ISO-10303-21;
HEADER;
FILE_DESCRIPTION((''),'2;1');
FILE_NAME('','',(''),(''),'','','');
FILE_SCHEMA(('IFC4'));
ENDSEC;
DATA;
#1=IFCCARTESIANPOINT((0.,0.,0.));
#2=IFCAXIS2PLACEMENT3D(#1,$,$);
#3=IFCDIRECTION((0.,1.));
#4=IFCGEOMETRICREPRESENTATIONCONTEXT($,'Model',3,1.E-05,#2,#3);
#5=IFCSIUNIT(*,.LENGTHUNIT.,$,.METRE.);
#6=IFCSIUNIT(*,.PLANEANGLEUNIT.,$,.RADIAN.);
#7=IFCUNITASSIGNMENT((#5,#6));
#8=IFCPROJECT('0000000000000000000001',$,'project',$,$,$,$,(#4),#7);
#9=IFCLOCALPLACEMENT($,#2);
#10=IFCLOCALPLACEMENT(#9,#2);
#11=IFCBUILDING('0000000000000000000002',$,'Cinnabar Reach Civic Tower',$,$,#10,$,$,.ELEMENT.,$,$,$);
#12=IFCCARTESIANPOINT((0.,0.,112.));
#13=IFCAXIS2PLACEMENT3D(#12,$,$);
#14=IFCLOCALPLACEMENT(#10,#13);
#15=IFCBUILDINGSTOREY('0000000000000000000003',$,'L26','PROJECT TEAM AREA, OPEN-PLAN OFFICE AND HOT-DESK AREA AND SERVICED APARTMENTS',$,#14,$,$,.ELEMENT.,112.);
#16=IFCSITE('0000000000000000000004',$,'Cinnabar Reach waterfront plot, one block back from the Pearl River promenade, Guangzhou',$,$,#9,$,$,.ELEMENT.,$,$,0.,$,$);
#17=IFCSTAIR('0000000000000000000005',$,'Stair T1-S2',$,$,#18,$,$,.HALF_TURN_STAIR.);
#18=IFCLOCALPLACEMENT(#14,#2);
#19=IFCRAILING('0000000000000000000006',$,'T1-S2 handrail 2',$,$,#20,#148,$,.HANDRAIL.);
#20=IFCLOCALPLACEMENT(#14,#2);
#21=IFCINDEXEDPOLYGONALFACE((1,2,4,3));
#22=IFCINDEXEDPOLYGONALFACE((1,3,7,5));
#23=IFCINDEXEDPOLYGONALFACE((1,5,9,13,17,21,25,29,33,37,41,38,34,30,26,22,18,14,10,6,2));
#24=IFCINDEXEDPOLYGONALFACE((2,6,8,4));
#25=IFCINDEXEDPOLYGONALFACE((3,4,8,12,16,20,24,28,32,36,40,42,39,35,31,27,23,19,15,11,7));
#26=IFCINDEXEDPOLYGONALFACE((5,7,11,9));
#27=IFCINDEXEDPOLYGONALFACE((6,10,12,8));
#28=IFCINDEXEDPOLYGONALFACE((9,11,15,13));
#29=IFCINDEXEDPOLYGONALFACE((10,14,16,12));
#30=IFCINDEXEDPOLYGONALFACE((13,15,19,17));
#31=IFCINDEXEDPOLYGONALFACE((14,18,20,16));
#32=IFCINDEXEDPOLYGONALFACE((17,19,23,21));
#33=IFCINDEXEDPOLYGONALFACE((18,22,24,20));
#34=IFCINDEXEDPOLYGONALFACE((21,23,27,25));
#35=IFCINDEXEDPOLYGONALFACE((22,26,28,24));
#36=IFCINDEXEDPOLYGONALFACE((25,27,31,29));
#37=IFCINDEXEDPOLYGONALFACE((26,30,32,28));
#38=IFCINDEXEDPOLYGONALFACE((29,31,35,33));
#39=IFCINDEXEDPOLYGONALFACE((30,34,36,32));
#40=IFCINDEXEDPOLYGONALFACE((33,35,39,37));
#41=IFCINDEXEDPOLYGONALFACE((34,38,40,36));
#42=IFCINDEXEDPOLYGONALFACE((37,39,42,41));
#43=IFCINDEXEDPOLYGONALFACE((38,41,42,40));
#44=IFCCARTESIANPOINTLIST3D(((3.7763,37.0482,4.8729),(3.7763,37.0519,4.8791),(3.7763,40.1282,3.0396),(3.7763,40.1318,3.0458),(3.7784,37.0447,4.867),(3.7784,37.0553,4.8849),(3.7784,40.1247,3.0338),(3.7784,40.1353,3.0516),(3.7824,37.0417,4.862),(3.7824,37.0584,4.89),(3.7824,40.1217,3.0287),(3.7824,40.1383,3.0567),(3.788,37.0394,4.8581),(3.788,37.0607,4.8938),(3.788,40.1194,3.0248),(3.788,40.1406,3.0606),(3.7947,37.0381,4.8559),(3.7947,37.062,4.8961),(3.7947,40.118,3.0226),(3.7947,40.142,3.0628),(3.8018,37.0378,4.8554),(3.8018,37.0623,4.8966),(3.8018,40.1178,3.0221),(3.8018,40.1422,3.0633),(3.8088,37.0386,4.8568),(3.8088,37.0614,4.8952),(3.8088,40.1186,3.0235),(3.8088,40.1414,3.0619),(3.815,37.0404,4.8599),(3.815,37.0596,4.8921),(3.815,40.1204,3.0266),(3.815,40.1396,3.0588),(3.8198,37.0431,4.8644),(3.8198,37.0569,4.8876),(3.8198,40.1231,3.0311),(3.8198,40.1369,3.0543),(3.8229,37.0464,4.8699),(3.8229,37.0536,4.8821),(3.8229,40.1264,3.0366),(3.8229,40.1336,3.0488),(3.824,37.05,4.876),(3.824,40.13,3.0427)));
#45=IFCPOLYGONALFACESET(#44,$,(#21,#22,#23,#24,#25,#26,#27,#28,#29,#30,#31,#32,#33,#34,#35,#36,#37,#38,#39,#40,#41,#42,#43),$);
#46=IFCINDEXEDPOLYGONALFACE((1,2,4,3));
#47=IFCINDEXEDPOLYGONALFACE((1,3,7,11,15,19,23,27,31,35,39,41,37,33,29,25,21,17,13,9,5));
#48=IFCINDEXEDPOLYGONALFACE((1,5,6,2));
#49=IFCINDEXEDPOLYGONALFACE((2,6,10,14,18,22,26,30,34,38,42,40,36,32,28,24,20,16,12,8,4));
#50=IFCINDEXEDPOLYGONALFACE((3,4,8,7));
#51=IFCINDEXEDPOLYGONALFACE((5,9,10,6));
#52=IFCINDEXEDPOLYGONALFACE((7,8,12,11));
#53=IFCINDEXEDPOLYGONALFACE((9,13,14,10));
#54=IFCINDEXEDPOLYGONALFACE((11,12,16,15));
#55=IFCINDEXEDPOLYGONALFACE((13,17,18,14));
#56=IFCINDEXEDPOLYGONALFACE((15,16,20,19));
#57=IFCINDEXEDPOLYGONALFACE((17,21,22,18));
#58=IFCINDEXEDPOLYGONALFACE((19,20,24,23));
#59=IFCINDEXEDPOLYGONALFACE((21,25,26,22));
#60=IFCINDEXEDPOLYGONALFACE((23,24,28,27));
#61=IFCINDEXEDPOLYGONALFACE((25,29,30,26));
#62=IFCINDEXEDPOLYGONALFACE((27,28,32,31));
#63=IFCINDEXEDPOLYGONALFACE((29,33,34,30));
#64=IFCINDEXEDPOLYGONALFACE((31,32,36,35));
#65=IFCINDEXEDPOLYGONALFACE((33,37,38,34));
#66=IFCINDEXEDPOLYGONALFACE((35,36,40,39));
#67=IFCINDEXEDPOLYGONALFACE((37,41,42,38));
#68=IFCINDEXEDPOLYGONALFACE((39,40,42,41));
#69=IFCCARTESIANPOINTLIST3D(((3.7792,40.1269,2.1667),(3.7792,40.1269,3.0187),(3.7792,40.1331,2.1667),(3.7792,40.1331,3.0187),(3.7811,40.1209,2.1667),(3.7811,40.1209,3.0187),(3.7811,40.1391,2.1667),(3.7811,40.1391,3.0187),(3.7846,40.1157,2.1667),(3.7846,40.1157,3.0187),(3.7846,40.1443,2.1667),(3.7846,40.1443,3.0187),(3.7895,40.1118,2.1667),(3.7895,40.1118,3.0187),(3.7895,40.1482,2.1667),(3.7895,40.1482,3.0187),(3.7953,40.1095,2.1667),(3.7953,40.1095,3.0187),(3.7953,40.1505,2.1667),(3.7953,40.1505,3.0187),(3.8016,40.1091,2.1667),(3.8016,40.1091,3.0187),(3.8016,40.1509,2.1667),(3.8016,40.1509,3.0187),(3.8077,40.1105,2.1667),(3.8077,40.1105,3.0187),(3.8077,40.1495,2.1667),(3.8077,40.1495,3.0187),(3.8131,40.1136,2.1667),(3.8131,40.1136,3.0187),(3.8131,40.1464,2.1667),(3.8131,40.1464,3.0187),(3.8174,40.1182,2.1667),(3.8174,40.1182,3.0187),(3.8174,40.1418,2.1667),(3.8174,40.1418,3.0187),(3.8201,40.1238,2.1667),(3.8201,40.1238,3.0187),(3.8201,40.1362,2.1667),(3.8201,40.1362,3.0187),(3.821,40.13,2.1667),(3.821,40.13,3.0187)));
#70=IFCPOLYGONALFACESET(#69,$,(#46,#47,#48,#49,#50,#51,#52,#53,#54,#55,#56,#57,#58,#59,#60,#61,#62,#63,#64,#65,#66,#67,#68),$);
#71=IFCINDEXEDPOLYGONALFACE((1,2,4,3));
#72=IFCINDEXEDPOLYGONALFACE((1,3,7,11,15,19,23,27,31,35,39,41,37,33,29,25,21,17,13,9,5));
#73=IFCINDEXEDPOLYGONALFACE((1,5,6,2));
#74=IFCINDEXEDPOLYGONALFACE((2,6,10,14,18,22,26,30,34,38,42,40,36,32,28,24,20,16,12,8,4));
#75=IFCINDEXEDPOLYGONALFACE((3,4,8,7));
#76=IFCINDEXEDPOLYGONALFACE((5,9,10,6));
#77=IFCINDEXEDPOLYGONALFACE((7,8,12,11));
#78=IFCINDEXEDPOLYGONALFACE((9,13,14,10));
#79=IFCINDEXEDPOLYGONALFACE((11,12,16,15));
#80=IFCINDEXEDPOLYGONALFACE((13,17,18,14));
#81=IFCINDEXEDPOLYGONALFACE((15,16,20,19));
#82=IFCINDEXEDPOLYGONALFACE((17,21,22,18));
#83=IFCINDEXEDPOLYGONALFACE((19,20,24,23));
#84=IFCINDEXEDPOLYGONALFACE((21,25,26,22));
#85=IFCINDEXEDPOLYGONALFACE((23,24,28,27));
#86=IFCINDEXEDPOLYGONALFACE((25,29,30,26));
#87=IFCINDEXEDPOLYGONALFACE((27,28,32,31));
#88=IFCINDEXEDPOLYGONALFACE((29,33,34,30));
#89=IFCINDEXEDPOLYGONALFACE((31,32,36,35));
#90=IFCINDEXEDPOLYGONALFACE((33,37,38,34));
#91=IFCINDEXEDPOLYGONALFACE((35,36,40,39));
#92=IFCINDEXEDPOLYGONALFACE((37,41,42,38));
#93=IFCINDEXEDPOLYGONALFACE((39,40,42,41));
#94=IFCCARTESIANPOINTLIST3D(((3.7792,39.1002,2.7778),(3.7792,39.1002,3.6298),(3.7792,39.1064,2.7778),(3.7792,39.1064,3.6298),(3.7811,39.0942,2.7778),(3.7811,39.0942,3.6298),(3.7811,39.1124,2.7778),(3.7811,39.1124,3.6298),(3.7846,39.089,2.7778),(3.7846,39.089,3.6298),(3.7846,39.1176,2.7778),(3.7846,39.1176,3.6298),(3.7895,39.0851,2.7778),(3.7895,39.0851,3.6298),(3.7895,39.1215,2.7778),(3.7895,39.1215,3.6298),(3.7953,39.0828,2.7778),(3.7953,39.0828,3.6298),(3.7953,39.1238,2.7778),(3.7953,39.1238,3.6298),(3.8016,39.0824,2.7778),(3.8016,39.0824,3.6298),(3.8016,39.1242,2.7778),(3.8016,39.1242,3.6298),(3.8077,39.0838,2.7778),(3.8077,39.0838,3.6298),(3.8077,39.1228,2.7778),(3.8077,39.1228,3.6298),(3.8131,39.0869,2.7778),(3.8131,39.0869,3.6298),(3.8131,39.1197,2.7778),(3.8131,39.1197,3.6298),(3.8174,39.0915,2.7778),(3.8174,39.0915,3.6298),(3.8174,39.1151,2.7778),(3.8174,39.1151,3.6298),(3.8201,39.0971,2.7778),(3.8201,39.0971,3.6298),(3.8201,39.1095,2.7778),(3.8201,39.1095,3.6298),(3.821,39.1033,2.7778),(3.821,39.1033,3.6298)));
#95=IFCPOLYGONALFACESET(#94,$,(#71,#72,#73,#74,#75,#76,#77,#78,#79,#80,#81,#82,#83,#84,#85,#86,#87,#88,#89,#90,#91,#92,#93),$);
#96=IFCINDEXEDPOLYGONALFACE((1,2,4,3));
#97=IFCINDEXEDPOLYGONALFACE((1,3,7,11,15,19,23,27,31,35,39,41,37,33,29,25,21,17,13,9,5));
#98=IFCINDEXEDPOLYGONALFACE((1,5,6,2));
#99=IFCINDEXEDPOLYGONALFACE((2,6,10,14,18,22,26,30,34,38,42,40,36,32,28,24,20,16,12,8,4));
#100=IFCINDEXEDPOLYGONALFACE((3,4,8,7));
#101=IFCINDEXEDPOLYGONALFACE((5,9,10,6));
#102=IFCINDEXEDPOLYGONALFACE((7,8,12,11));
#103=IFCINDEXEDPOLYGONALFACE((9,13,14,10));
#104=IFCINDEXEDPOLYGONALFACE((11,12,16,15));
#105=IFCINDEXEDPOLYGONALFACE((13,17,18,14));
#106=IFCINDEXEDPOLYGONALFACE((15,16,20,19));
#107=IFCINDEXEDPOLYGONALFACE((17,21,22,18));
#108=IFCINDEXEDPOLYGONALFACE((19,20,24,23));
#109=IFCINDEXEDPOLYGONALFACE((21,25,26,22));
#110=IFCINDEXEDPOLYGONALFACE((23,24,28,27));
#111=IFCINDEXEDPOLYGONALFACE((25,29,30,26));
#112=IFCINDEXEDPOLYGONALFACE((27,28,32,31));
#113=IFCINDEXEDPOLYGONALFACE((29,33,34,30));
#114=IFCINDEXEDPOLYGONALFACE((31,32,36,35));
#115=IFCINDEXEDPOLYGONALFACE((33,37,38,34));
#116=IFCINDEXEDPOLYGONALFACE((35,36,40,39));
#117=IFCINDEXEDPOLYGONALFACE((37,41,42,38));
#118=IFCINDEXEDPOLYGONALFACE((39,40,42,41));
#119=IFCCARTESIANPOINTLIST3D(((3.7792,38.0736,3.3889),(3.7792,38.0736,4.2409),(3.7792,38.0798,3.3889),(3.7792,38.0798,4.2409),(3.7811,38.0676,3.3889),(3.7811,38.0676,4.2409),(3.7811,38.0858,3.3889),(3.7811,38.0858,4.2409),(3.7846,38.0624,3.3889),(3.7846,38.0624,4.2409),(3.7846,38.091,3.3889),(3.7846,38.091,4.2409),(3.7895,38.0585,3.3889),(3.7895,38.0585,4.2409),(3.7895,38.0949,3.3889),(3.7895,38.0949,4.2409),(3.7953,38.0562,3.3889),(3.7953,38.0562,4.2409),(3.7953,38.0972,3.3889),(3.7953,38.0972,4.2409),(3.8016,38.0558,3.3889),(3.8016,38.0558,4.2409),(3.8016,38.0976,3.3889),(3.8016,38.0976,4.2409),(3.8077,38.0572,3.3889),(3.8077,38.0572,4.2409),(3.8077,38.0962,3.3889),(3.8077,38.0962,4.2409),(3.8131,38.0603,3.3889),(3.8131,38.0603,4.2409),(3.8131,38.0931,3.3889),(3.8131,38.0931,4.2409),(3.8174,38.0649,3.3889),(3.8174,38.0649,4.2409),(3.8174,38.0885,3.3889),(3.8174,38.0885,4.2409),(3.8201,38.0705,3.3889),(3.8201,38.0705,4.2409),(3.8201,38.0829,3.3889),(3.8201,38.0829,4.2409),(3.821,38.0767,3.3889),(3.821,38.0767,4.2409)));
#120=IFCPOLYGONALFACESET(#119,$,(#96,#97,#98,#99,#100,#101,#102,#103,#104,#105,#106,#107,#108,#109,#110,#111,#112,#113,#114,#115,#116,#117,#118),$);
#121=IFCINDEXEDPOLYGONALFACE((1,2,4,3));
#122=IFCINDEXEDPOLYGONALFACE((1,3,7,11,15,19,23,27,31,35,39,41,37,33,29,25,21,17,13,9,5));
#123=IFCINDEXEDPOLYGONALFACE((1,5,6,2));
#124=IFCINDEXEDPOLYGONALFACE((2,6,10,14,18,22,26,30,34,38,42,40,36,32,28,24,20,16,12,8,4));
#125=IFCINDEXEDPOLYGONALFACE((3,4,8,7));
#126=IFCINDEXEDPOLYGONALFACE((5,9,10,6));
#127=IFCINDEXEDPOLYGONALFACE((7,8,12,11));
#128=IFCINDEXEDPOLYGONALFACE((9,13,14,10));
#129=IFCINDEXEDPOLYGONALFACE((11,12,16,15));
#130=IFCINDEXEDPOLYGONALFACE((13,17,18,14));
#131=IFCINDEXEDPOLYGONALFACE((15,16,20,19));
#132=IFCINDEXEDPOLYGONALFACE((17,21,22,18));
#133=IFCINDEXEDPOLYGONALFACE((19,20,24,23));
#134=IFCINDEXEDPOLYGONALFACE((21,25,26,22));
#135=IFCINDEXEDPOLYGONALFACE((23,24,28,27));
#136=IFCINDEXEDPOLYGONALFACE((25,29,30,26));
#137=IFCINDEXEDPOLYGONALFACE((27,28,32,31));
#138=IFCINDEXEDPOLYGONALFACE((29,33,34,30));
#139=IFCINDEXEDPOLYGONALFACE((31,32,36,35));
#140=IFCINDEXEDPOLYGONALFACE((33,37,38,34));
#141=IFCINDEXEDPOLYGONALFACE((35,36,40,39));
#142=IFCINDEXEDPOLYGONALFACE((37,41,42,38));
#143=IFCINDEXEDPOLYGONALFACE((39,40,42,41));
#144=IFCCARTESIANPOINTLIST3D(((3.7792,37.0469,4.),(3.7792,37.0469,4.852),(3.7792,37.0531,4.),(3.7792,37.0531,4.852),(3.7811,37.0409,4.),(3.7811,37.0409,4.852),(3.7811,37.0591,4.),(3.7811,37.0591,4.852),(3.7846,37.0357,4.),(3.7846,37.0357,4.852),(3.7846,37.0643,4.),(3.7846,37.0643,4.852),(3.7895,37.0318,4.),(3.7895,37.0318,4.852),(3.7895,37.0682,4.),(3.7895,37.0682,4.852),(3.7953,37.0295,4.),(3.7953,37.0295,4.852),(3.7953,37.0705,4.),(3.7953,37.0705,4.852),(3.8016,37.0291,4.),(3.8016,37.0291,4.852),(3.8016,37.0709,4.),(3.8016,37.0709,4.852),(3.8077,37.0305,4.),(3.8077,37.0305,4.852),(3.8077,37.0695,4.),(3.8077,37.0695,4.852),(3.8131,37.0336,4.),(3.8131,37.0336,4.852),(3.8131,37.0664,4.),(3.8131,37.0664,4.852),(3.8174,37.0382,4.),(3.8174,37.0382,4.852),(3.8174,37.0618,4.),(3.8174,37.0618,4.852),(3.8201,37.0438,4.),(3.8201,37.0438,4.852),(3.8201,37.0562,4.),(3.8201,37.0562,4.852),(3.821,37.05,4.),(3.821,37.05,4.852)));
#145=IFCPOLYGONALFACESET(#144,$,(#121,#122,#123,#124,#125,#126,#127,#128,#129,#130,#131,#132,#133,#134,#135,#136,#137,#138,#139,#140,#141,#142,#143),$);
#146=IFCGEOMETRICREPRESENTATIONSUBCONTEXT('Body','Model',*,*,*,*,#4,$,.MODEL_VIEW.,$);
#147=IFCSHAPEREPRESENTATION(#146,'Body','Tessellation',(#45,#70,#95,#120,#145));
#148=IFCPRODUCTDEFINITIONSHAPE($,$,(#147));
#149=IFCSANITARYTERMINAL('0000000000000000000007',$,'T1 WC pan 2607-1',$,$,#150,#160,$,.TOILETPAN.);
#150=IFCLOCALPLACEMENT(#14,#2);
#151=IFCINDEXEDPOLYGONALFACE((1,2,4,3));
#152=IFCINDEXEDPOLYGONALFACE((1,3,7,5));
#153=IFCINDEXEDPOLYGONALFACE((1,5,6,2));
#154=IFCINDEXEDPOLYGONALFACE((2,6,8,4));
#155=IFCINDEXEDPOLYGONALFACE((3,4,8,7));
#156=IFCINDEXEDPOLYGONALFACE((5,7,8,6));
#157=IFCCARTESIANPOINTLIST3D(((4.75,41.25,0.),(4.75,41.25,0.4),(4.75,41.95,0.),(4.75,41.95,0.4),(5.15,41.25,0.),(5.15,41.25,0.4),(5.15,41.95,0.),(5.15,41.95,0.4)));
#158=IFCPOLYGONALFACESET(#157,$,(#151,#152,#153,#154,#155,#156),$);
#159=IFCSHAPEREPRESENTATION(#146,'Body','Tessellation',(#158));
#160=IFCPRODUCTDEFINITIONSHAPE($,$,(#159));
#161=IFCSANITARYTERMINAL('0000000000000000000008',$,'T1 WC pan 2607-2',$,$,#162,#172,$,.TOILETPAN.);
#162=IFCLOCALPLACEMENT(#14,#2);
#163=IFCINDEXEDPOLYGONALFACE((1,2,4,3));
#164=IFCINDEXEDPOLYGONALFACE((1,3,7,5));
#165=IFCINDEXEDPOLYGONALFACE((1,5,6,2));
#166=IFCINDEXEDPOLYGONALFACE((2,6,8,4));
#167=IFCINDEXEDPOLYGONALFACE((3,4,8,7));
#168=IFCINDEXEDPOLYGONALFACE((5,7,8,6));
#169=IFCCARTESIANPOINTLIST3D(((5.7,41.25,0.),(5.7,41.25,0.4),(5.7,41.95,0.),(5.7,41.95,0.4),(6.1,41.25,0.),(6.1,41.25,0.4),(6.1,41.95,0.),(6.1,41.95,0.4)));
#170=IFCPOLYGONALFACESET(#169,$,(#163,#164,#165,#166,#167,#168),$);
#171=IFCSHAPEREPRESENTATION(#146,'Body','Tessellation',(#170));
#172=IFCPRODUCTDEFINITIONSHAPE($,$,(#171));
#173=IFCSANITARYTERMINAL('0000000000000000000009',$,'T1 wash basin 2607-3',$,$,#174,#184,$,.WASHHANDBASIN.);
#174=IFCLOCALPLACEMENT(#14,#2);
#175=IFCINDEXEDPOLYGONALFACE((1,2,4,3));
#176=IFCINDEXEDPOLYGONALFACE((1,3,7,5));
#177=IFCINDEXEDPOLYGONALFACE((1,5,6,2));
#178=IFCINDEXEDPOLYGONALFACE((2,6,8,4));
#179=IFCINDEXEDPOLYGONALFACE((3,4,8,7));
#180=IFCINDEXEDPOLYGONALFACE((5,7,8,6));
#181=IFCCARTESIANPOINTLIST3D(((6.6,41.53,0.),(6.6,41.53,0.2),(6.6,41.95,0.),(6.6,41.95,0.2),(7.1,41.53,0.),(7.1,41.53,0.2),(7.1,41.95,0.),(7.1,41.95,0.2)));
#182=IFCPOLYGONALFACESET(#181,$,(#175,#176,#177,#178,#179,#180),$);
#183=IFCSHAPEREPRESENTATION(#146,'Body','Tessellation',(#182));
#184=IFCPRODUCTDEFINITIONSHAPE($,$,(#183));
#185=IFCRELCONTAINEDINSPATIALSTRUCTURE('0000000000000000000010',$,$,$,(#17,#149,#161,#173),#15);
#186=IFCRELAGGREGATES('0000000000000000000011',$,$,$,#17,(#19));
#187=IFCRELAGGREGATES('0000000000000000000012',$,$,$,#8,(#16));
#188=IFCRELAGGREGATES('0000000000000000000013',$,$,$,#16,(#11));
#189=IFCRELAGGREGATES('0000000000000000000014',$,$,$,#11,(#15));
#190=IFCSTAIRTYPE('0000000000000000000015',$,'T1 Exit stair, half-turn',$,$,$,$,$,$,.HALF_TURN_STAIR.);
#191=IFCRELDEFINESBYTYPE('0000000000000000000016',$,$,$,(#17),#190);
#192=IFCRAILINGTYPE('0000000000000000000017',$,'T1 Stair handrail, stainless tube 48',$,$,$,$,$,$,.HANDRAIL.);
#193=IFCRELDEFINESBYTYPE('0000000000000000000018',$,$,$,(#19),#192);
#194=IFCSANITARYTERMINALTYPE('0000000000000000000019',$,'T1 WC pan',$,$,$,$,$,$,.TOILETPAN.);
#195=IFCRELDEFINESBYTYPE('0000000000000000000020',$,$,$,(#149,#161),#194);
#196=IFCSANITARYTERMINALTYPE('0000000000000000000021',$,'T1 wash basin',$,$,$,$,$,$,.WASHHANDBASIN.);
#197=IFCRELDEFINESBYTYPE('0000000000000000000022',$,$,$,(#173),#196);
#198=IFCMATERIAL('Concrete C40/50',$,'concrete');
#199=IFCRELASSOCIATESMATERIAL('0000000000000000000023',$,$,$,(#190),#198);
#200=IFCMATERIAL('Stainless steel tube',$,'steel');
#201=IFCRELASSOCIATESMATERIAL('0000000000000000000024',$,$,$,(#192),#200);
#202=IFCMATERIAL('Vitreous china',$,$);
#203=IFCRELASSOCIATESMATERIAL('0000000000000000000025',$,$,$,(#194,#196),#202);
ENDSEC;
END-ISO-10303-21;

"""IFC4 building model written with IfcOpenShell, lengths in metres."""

from ifc_helpers import new_model, si_unit, direction, frame, origin, origin_2d, place, context, subcontext, project, spatial, rectangle, circle, extrude, material, type_object, element, aggregate, save


model = new_model("IFC4")

# Units and contexts
model_context = context("Model", 3, precision=1e-05, world=origin(), true_north=direction((0.0, 1.0)))
body_context = subcontext(model_context, "Body", "Model", "MODEL_VIEW")
ifc_project = project(units=[si_unit("LENGTHUNIT", "METRE"), si_unit("PLANEANGLEUNIT", "RADIAN")], contexts=[model_context])

# Site, building, storey
site_placement = place(None, origin())
site = spatial("IfcSite", under=ifc_project, at=site_placement, Name="Cinnabar Reach waterfront plot, one block back from the Pearl River promenade, Guangzhou", CompositionType="ELEMENT", RefElevation=0.0)
building_placement = place(site_placement, origin())
building = spatial("IfcBuilding", under=site, at=building_placement, Name="Cinnabar Reach Civic Tower", CompositionType="ELEMENT")
storey_placement = place(building_placement, frame((0.0, 0.0, 112.0)))
storey = spatial("IfcBuildingStorey", under=building, at=storey_placement, Name="L26", Description="PROJECT TEAM AREA, OPEN-PLAN OFFICE AND HOT-DESK AREA AND SERVICED APARTMENTS", CompositionType="ELEMENT", Elevation=112.0)

# Stair, railing
ifc_material_1 = material(Name="Concrete C40/50", Category="concrete")
stair_type = type_object("IfcStairType", Name="T1 Exit stair, half-turn", PredefinedType="HALF_TURN_STAIR", material=ifc_material_1)
stair_placement = place(storey_placement, origin())
stair = element("IfcStair", 1, at=stair_placement, inside=storey, type_object=stair_type, Name="Stair T1-S2", PredefinedType="HALF_TURN_STAIR")
ifc_material_2 = material(Name="Stainless steel tube", Category="steel")
railing_type = type_object("IfcRailingType", Name="T1 Stair handrail, stainless tube 48", PredefinedType="HANDRAIL", material=ifc_material_2)
railing_1_placement = place(storey_placement, frame((3.8, 40.13, 2.1667)))
railing_1 = element("IfcRailing", 2, at=railing_1_placement, type_object=railing_type, Name="T1-S2 handrail 2", PredefinedType="HANDRAIL", context=body_context, shape_type="SweptSolid", body=[
    extrude(circle(Radius=0.024, at=origin_2d()), frame((0.0, 0.0, 0.876), z_axis=(0.0, -0.859297, 0.511477), x_axis=(1.0, 0.0, 0.0)), (0.0, 0.0, 1.0), 3.5843),
    extrude(circle(Radius=0.021, at=origin_2d()), origin(), (0.0, 0.0, 1.0), 0.852),
    extrude(circle(Radius=0.021, at=origin_2d()), frame((0.0, -1.0267, 0.6111)), (0.0, 0.0, 1.0), 0.852),
    extrude(circle(Radius=0.021, at=origin_2d()), frame((0.0, -2.0533, 1.2222)), (0.0, 0.0, 1.0), 0.852),
    extrude(circle(Radius=0.021, at=origin_2d()), frame((0.0, -3.08, 1.8333)), (0.0, 0.0, 1.0), 0.852),
])
aggregate(stair, [railing_1])

# Sanitary terminals
ifc_material_3 = material(Name="Vitreous china")
sanitary_terminal_type_1 = type_object("IfcSanitaryTerminalType", Name="T1 WC pan", PredefinedType="TOILETPAN", material=ifc_material_3)
for number, where, z_axis, x_axis, name in (
    (3, (4.95, 41.6, 0.0), (0.0, 0.0, 1.0), (1.0, 0.0, 0.0), "T1 WC pan 2607-1"),
    (4, (5.9, 41.6, 0.0), (0.0, 0.0, 1.0), (1.0, 0.0, 0.0), "T1 WC pan 2607-2"),
):
    element("IfcSanitaryTerminal", number, at=place(storey_placement, frame(where, z_axis=z_axis, x_axis=x_axis)), inside=storey, type_object=sanitary_terminal_type_1, Name=name, PredefinedType="TOILETPAN", context=body_context, shape_type="SweptSolid", body=[
        extrude(rectangle(XDim=0.4, YDim=0.7, at=origin_2d()), origin(), (0.0, 0.0, 1.0), 0.4),
    ])
sanitary_terminal_type_2 = type_object("IfcSanitaryTerminalType", Name="T1 wash basin", PredefinedType="WASHHANDBASIN", material=ifc_material_3)
sanitary_terminal_placement = place(storey_placement, frame((6.85, 41.74, 0.0), z_axis=(0.0, 0.0, 1.0), x_axis=(1.0, 0.0, 0.0)))
element("IfcSanitaryTerminal", 5, at=sanitary_terminal_placement, inside=storey, type_object=sanitary_terminal_type_2, Name="T1 wash basin 2607-3", PredefinedType="WASHHANDBASIN", context=body_context, shape_type="SweptSolid", body=[
    extrude(rectangle(XDim=0.5, YDim=0.42, at=origin_2d()), origin(), (0.0, 0.0, 1.0), 0.2),
])

save(model, "model.ifc")
